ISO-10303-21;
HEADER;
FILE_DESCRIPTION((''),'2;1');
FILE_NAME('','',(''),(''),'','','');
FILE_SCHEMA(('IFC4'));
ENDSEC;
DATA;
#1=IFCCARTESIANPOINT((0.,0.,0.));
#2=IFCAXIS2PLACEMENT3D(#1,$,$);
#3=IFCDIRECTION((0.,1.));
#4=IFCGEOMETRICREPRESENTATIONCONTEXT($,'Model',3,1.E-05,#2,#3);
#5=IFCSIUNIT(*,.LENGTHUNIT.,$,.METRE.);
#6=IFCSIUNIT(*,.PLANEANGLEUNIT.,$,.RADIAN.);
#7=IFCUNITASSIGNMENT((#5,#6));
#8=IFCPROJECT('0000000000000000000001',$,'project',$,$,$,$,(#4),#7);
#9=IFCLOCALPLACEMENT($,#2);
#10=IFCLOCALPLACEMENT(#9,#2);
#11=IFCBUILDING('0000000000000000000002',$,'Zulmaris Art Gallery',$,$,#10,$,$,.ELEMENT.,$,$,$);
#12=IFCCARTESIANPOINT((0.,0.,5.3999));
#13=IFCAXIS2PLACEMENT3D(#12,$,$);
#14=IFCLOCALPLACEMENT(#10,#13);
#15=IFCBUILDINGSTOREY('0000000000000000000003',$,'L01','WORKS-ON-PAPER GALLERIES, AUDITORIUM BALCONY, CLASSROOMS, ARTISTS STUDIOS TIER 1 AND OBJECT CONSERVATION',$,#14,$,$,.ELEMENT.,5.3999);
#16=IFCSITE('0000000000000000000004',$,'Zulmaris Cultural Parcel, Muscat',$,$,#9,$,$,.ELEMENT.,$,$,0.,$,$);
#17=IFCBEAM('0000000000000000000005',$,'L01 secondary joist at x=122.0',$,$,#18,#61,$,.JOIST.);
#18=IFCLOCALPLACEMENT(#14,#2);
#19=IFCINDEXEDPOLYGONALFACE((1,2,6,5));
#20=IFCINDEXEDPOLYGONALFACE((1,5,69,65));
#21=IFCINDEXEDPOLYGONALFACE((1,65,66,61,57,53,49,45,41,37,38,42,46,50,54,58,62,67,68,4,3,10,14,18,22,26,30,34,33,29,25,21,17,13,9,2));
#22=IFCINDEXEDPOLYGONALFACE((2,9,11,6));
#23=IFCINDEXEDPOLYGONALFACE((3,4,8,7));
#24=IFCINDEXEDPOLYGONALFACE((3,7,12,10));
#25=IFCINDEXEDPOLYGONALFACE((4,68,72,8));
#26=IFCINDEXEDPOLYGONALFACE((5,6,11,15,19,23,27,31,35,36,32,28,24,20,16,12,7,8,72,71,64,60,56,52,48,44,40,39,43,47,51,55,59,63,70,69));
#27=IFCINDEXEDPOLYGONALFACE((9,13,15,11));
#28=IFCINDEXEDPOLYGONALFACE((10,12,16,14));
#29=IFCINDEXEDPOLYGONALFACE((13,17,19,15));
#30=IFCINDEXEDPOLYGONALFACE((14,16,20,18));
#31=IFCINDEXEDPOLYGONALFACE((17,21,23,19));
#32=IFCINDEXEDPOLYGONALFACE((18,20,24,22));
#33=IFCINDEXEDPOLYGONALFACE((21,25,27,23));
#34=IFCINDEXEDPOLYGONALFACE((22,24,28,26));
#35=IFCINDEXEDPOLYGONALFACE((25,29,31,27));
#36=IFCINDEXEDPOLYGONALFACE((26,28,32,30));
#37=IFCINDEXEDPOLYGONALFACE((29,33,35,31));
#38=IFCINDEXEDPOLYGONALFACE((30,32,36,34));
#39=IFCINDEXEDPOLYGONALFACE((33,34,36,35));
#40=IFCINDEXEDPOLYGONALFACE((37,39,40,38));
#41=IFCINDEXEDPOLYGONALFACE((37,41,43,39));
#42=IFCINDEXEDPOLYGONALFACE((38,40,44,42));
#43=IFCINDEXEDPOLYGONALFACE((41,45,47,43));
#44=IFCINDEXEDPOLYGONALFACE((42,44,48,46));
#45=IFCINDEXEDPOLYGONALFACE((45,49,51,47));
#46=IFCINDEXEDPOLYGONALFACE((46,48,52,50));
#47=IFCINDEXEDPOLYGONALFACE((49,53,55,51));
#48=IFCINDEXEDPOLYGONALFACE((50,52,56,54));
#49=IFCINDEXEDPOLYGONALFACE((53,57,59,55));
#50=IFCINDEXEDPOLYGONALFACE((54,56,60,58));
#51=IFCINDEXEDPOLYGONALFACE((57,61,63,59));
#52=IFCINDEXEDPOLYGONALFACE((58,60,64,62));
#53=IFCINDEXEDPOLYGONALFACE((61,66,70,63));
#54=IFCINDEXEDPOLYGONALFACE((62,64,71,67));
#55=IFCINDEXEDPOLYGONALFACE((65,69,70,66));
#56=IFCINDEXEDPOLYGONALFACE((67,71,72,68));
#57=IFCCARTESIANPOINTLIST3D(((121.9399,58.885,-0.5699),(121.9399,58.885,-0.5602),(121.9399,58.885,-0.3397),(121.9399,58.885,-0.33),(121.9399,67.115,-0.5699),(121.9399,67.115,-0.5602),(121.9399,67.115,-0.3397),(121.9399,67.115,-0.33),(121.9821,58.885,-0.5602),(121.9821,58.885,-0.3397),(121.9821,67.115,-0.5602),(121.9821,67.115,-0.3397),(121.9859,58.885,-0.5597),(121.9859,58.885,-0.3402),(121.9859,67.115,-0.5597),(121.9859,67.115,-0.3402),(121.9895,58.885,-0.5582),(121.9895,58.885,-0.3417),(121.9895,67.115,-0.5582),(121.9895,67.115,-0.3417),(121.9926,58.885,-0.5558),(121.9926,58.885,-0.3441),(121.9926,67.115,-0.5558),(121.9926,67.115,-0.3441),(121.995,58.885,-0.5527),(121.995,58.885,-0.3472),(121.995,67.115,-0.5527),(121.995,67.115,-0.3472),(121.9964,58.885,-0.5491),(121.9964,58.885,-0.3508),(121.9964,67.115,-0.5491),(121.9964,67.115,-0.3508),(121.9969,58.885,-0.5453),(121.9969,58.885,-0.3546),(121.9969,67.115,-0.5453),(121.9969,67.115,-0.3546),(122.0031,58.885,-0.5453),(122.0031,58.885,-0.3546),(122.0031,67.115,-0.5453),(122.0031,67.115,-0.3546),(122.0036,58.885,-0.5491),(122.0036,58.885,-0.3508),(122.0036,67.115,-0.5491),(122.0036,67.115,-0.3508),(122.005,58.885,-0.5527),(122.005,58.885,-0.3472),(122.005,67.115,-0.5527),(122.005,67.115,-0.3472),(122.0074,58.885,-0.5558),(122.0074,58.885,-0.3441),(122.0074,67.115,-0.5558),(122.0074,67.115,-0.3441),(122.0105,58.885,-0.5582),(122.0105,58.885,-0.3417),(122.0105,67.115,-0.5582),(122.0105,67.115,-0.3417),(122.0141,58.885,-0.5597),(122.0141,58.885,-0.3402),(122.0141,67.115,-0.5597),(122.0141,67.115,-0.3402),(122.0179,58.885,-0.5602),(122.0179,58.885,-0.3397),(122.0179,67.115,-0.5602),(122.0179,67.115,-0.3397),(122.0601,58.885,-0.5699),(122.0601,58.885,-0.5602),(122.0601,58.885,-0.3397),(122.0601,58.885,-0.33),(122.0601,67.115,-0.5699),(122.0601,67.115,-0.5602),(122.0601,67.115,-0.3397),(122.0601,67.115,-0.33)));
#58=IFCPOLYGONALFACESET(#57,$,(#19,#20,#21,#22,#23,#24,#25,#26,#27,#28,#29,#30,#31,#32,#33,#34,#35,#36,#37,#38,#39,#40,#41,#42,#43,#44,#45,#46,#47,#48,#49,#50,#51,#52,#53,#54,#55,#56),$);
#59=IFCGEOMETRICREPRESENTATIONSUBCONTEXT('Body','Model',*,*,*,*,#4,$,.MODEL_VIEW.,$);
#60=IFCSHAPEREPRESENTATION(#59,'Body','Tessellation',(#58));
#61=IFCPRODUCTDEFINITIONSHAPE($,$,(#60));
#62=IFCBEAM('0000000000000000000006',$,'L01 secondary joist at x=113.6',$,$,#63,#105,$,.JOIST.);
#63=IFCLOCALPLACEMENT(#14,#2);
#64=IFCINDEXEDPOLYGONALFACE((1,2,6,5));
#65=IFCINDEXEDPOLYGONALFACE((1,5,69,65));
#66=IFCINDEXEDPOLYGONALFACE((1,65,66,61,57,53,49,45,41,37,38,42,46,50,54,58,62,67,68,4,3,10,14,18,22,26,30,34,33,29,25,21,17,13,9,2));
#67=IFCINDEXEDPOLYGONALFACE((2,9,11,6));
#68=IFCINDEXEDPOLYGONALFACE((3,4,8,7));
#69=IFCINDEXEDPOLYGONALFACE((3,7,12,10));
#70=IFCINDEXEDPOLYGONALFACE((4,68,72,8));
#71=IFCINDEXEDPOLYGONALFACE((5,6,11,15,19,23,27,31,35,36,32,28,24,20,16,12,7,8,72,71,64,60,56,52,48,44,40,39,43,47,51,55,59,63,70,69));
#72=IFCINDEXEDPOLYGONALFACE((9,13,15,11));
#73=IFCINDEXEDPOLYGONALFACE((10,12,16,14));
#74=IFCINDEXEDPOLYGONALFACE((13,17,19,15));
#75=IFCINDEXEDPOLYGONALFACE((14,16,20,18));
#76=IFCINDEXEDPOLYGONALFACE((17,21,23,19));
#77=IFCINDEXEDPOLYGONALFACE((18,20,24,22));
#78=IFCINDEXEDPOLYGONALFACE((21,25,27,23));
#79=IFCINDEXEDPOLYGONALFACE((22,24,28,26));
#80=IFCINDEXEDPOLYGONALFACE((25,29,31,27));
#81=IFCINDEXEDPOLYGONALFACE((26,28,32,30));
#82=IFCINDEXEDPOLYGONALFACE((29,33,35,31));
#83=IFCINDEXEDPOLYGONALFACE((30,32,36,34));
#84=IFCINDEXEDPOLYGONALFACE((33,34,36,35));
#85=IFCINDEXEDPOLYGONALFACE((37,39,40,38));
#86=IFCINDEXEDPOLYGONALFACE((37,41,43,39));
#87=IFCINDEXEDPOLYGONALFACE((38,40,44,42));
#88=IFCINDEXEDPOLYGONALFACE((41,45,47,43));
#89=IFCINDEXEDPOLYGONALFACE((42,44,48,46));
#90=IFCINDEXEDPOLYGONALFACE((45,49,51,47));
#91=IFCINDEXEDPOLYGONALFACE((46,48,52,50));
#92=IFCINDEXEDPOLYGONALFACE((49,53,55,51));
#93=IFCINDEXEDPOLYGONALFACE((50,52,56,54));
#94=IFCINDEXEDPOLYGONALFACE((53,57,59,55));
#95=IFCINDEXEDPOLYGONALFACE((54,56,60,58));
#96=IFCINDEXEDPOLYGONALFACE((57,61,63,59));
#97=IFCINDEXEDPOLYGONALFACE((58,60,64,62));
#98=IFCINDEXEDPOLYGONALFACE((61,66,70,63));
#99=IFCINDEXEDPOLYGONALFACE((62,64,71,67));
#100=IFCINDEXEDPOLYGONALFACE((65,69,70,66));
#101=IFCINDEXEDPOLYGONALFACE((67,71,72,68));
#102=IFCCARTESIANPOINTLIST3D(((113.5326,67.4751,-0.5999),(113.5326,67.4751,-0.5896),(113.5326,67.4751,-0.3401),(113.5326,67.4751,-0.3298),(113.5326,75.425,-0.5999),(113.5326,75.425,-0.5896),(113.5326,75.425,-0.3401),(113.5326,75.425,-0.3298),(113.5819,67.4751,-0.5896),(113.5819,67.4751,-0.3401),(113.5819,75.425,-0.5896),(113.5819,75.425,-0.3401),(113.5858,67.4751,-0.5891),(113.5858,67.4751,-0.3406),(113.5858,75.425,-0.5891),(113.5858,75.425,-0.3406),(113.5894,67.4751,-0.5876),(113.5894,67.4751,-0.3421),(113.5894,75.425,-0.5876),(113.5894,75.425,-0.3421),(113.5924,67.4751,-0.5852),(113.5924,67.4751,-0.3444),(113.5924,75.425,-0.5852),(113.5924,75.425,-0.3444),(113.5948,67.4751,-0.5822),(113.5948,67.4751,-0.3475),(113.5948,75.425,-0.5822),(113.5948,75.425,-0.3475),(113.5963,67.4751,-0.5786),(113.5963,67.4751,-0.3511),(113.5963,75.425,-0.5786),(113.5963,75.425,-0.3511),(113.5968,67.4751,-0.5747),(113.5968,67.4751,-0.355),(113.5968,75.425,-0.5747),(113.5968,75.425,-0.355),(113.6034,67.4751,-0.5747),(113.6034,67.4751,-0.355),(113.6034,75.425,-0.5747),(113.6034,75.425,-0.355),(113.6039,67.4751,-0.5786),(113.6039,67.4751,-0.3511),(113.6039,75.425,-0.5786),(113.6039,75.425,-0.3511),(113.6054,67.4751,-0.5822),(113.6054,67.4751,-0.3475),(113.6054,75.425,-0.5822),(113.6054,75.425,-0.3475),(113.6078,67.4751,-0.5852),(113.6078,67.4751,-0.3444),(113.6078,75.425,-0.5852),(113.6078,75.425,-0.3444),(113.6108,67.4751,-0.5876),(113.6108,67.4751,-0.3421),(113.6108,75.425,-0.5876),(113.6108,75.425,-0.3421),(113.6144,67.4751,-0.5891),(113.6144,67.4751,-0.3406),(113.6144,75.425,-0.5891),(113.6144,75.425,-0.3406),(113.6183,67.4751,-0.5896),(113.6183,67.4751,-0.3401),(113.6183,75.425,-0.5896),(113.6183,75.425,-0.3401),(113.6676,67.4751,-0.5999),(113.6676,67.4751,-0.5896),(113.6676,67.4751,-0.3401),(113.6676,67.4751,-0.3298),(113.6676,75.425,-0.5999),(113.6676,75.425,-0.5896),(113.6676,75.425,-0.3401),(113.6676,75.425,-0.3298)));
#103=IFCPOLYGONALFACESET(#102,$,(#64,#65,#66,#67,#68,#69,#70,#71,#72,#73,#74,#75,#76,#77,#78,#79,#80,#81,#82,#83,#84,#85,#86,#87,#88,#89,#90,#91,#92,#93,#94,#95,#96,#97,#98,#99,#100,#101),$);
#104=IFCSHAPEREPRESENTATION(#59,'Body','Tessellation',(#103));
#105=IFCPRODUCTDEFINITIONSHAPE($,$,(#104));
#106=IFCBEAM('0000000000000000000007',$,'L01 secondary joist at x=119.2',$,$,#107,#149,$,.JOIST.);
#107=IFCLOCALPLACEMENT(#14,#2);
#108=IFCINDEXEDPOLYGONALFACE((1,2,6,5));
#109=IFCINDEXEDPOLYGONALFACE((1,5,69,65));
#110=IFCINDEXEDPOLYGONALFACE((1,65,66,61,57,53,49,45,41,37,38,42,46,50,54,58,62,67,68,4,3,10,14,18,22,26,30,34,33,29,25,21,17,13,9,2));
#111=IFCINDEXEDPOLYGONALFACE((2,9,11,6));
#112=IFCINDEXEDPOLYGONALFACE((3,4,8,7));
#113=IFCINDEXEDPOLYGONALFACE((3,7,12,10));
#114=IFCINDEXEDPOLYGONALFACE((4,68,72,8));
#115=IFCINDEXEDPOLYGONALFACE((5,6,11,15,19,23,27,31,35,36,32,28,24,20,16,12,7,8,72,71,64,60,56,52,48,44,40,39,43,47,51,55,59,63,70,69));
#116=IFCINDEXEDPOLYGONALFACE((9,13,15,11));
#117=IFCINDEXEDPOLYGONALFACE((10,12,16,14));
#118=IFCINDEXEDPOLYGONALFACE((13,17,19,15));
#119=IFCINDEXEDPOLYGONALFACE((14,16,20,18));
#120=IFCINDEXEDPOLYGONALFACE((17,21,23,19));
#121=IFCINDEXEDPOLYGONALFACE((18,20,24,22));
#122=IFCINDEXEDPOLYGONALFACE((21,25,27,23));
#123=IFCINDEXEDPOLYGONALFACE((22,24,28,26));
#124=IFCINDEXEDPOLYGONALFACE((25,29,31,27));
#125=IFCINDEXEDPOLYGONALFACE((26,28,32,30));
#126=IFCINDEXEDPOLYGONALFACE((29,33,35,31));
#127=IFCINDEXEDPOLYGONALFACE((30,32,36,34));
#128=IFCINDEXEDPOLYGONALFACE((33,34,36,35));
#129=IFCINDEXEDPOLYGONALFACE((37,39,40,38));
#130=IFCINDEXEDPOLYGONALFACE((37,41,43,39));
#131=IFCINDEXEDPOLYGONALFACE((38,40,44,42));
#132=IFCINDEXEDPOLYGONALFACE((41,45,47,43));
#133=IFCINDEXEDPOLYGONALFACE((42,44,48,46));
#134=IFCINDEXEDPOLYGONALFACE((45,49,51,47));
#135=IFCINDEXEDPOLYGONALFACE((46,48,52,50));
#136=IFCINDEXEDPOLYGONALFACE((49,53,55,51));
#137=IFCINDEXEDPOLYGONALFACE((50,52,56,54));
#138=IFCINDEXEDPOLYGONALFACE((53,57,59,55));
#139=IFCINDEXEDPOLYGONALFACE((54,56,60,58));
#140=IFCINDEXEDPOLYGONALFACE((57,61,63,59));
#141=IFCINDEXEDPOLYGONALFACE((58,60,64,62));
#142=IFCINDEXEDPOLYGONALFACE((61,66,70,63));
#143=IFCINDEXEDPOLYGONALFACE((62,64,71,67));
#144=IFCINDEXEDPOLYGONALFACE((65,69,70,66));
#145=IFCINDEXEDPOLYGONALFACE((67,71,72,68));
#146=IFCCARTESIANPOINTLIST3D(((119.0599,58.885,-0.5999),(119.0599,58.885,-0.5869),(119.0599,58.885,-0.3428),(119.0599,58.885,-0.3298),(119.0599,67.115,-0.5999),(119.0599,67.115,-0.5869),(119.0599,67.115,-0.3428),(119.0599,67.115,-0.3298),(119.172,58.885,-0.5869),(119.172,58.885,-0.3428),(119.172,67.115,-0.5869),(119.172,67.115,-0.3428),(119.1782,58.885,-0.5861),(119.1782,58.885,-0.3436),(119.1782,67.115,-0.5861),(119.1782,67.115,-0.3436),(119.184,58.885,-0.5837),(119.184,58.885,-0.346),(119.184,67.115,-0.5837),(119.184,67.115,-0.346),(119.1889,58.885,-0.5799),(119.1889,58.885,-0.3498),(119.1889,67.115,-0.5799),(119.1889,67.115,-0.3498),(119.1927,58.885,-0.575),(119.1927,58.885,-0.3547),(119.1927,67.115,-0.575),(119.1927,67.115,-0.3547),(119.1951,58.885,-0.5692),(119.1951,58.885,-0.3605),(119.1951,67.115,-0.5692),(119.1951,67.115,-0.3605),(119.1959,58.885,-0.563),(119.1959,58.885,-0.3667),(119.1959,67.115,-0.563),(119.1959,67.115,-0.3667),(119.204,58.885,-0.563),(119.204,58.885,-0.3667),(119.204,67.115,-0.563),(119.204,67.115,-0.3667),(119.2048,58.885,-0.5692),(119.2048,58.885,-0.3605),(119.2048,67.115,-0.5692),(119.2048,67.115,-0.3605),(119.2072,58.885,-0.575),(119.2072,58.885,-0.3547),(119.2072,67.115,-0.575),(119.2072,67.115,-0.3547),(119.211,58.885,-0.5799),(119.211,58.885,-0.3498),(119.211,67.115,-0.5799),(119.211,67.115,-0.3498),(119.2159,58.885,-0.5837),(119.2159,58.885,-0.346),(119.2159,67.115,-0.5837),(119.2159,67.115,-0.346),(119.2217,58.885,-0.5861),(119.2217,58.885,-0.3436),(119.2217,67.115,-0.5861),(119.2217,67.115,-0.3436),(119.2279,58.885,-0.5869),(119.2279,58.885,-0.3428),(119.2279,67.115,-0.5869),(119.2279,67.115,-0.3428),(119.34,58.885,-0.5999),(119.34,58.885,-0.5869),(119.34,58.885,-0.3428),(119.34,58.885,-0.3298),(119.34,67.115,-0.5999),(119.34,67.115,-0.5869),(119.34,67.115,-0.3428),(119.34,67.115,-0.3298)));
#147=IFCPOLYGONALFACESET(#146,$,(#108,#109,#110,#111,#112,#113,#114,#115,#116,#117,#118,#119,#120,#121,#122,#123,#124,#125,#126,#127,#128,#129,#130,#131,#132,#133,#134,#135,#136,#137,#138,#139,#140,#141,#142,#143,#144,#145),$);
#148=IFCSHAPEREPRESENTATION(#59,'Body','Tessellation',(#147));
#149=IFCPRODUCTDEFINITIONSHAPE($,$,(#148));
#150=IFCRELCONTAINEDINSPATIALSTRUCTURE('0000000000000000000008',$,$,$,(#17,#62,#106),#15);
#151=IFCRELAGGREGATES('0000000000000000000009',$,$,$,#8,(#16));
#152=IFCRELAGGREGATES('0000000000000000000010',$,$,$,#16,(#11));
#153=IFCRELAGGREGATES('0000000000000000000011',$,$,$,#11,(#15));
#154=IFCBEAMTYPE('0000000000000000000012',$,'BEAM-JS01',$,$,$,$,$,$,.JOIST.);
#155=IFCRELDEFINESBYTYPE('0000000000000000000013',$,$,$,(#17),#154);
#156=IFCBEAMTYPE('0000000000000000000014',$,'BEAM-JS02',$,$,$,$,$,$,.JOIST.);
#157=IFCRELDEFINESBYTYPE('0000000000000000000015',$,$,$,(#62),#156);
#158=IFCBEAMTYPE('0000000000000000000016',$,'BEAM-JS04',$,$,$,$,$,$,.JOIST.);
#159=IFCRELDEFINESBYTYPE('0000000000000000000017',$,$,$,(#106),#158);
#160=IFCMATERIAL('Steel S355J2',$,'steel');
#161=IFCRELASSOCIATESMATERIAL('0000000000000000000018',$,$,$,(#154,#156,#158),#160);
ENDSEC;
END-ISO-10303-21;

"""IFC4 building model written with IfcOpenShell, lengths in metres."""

from ifc_helpers import new_model, si_unit, direction, frame, origin, origin_2d, place, context, subcontext, project, spatial, i_section, extrude, material, material_profile, profile_set, type_object, element, save


model = new_model("IFC4")

# Units and contexts
model_context = context("Model", 3, precision=1e-05, world=origin(), true_north=direction((0.0, 1.0)))
body_context = subcontext(model_context, "Body", "Model", "MODEL_VIEW")
ifc_project = project(units=[si_unit("LENGTHUNIT", "METRE"), si_unit("PLANEANGLEUNIT", "RADIAN")], contexts=[model_context])

# Site, building, storey
site_placement = place(None, origin())
site = spatial("IfcSite", under=ifc_project, at=site_placement, Name="Zulmaris Cultural Parcel, Muscat", CompositionType="ELEMENT", RefElevation=0.0)
building_placement = place(site_placement, origin())
building = spatial("IfcBuilding", under=site, at=building_placement, Name="Zulmaris Art Gallery", CompositionType="ELEMENT")
storey_placement = place(building_placement, frame((0.0, 0.0, 5.3999)))
storey = spatial("IfcBuildingStorey", under=building, at=storey_placement, Name="L01", Description="WORKS-ON-PAPER GALLERIES, AUDITORIUM BALCONY, CLASSROOMS, ARTISTS STUDIOS TIER 1 AND OBJECT CONSERVATION", CompositionType="ELEMENT", Elevation=5.3999)

# Beams
ifc_material_1 = material(Name="Steel S355J2", Category="steel")
ifc_material_profile_1 = material_profile(ifc_material_1, i_section(OverallWidth=0.1201, OverallDepth=0.24, WebThickness=0.0061, FlangeThickness=0.0098, FilletRadius=0.0149, at=origin_2d()), Name="IPE 240")
ifc_profile_set_1 = profile_set([ifc_material_profile_1], Name="Steel S355J2")
beam_type_1 = type_object("IfcBeamType", Name="BEAM-JS01", PredefinedType="JOIST", material=ifc_profile_set_1)
beam_1_placement = place(storey_placement, frame((122.0, 58.885, -0.45), z_axis=(0.0, 1.0, 0.0), x_axis=(-1.0, 0.0, 0.0)))
element("IfcBeam", 1, at=beam_1_placement, inside=storey, type_object=beam_type_1, Name="L01 secondary joist at x=122.0", PredefinedType="JOIST", context=body_context, shape_type="SweptSolid", body=[
    extrude(i_section(OverallWidth=0.1201, OverallDepth=0.24, WebThickness=0.0061, FlangeThickness=0.0098, FilletRadius=0.0149, at=origin_2d()), origin(), (0.0, 0.0, 1.0), 8.23),
])
ifc_material_profile_2 = material_profile(ifc_material_1, i_section(OverallWidth=0.135, OverallDepth=0.27, WebThickness=0.0066, FlangeThickness=0.0103, FilletRadius=0.0149, at=origin_2d()), Name="IPE 270")
ifc_profile_set_2 = profile_set([ifc_material_profile_2], Name="Steel S355J2")
beam_type_2 = type_object("IfcBeamType", Name="BEAM-JS02", PredefinedType="JOIST", material=ifc_profile_set_2)
beam_2_placement = place(storey_placement, frame((113.6001, 67.4751, -0.4648), z_axis=(0.0, 1.0, 0.0), x_axis=(-1.0, 0.0, 0.0)))
element("IfcBeam", 2, at=beam_2_placement, inside=storey, type_object=beam_type_2, Name="L01 secondary joist at x=113.6", PredefinedType="JOIST", context=body_context, shape_type="SweptSolid", body=[
    extrude(i_section(OverallWidth=0.135, OverallDepth=0.27, WebThickness=0.0066, FlangeThickness=0.0103, FilletRadius=0.0149, at=origin_2d()), origin(), (0.0, 0.0, 1.0), 7.95),
])
ifc_material_profile_3 = material_profile(ifc_material_1, i_section(OverallWidth=0.28, OverallDepth=0.27, WebThickness=0.0081, FlangeThickness=0.0129, FilletRadius=0.0239, at=origin_2d()), Name="HEA 280")
ifc_profile_set_3 = profile_set([ifc_material_profile_3], Name="Steel S355J2")
beam_type_3 = type_object("IfcBeamType", Name="BEAM-JS04", PredefinedType="JOIST", material=ifc_profile_set_3)
beam_3_placement = place(storey_placement, frame((119.2, 58.885, -0.4648), z_axis=(0.0, 1.0, 0.0), x_axis=(-1.0, 0.0, 0.0)))
element("IfcBeam", 3, at=beam_3_placement, inside=storey, type_object=beam_type_3, Name="L01 secondary joist at x=119.2", PredefinedType="JOIST", context=body_context, shape_type="SweptSolid", body=[
    extrude(i_section(OverallWidth=0.28, OverallDepth=0.27, WebThickness=0.0081, FlangeThickness=0.0129, FilletRadius=0.0239, at=origin_2d()), origin(), (0.0, 0.0, 1.0), 8.23),
])

save(model, "model.ifc")
